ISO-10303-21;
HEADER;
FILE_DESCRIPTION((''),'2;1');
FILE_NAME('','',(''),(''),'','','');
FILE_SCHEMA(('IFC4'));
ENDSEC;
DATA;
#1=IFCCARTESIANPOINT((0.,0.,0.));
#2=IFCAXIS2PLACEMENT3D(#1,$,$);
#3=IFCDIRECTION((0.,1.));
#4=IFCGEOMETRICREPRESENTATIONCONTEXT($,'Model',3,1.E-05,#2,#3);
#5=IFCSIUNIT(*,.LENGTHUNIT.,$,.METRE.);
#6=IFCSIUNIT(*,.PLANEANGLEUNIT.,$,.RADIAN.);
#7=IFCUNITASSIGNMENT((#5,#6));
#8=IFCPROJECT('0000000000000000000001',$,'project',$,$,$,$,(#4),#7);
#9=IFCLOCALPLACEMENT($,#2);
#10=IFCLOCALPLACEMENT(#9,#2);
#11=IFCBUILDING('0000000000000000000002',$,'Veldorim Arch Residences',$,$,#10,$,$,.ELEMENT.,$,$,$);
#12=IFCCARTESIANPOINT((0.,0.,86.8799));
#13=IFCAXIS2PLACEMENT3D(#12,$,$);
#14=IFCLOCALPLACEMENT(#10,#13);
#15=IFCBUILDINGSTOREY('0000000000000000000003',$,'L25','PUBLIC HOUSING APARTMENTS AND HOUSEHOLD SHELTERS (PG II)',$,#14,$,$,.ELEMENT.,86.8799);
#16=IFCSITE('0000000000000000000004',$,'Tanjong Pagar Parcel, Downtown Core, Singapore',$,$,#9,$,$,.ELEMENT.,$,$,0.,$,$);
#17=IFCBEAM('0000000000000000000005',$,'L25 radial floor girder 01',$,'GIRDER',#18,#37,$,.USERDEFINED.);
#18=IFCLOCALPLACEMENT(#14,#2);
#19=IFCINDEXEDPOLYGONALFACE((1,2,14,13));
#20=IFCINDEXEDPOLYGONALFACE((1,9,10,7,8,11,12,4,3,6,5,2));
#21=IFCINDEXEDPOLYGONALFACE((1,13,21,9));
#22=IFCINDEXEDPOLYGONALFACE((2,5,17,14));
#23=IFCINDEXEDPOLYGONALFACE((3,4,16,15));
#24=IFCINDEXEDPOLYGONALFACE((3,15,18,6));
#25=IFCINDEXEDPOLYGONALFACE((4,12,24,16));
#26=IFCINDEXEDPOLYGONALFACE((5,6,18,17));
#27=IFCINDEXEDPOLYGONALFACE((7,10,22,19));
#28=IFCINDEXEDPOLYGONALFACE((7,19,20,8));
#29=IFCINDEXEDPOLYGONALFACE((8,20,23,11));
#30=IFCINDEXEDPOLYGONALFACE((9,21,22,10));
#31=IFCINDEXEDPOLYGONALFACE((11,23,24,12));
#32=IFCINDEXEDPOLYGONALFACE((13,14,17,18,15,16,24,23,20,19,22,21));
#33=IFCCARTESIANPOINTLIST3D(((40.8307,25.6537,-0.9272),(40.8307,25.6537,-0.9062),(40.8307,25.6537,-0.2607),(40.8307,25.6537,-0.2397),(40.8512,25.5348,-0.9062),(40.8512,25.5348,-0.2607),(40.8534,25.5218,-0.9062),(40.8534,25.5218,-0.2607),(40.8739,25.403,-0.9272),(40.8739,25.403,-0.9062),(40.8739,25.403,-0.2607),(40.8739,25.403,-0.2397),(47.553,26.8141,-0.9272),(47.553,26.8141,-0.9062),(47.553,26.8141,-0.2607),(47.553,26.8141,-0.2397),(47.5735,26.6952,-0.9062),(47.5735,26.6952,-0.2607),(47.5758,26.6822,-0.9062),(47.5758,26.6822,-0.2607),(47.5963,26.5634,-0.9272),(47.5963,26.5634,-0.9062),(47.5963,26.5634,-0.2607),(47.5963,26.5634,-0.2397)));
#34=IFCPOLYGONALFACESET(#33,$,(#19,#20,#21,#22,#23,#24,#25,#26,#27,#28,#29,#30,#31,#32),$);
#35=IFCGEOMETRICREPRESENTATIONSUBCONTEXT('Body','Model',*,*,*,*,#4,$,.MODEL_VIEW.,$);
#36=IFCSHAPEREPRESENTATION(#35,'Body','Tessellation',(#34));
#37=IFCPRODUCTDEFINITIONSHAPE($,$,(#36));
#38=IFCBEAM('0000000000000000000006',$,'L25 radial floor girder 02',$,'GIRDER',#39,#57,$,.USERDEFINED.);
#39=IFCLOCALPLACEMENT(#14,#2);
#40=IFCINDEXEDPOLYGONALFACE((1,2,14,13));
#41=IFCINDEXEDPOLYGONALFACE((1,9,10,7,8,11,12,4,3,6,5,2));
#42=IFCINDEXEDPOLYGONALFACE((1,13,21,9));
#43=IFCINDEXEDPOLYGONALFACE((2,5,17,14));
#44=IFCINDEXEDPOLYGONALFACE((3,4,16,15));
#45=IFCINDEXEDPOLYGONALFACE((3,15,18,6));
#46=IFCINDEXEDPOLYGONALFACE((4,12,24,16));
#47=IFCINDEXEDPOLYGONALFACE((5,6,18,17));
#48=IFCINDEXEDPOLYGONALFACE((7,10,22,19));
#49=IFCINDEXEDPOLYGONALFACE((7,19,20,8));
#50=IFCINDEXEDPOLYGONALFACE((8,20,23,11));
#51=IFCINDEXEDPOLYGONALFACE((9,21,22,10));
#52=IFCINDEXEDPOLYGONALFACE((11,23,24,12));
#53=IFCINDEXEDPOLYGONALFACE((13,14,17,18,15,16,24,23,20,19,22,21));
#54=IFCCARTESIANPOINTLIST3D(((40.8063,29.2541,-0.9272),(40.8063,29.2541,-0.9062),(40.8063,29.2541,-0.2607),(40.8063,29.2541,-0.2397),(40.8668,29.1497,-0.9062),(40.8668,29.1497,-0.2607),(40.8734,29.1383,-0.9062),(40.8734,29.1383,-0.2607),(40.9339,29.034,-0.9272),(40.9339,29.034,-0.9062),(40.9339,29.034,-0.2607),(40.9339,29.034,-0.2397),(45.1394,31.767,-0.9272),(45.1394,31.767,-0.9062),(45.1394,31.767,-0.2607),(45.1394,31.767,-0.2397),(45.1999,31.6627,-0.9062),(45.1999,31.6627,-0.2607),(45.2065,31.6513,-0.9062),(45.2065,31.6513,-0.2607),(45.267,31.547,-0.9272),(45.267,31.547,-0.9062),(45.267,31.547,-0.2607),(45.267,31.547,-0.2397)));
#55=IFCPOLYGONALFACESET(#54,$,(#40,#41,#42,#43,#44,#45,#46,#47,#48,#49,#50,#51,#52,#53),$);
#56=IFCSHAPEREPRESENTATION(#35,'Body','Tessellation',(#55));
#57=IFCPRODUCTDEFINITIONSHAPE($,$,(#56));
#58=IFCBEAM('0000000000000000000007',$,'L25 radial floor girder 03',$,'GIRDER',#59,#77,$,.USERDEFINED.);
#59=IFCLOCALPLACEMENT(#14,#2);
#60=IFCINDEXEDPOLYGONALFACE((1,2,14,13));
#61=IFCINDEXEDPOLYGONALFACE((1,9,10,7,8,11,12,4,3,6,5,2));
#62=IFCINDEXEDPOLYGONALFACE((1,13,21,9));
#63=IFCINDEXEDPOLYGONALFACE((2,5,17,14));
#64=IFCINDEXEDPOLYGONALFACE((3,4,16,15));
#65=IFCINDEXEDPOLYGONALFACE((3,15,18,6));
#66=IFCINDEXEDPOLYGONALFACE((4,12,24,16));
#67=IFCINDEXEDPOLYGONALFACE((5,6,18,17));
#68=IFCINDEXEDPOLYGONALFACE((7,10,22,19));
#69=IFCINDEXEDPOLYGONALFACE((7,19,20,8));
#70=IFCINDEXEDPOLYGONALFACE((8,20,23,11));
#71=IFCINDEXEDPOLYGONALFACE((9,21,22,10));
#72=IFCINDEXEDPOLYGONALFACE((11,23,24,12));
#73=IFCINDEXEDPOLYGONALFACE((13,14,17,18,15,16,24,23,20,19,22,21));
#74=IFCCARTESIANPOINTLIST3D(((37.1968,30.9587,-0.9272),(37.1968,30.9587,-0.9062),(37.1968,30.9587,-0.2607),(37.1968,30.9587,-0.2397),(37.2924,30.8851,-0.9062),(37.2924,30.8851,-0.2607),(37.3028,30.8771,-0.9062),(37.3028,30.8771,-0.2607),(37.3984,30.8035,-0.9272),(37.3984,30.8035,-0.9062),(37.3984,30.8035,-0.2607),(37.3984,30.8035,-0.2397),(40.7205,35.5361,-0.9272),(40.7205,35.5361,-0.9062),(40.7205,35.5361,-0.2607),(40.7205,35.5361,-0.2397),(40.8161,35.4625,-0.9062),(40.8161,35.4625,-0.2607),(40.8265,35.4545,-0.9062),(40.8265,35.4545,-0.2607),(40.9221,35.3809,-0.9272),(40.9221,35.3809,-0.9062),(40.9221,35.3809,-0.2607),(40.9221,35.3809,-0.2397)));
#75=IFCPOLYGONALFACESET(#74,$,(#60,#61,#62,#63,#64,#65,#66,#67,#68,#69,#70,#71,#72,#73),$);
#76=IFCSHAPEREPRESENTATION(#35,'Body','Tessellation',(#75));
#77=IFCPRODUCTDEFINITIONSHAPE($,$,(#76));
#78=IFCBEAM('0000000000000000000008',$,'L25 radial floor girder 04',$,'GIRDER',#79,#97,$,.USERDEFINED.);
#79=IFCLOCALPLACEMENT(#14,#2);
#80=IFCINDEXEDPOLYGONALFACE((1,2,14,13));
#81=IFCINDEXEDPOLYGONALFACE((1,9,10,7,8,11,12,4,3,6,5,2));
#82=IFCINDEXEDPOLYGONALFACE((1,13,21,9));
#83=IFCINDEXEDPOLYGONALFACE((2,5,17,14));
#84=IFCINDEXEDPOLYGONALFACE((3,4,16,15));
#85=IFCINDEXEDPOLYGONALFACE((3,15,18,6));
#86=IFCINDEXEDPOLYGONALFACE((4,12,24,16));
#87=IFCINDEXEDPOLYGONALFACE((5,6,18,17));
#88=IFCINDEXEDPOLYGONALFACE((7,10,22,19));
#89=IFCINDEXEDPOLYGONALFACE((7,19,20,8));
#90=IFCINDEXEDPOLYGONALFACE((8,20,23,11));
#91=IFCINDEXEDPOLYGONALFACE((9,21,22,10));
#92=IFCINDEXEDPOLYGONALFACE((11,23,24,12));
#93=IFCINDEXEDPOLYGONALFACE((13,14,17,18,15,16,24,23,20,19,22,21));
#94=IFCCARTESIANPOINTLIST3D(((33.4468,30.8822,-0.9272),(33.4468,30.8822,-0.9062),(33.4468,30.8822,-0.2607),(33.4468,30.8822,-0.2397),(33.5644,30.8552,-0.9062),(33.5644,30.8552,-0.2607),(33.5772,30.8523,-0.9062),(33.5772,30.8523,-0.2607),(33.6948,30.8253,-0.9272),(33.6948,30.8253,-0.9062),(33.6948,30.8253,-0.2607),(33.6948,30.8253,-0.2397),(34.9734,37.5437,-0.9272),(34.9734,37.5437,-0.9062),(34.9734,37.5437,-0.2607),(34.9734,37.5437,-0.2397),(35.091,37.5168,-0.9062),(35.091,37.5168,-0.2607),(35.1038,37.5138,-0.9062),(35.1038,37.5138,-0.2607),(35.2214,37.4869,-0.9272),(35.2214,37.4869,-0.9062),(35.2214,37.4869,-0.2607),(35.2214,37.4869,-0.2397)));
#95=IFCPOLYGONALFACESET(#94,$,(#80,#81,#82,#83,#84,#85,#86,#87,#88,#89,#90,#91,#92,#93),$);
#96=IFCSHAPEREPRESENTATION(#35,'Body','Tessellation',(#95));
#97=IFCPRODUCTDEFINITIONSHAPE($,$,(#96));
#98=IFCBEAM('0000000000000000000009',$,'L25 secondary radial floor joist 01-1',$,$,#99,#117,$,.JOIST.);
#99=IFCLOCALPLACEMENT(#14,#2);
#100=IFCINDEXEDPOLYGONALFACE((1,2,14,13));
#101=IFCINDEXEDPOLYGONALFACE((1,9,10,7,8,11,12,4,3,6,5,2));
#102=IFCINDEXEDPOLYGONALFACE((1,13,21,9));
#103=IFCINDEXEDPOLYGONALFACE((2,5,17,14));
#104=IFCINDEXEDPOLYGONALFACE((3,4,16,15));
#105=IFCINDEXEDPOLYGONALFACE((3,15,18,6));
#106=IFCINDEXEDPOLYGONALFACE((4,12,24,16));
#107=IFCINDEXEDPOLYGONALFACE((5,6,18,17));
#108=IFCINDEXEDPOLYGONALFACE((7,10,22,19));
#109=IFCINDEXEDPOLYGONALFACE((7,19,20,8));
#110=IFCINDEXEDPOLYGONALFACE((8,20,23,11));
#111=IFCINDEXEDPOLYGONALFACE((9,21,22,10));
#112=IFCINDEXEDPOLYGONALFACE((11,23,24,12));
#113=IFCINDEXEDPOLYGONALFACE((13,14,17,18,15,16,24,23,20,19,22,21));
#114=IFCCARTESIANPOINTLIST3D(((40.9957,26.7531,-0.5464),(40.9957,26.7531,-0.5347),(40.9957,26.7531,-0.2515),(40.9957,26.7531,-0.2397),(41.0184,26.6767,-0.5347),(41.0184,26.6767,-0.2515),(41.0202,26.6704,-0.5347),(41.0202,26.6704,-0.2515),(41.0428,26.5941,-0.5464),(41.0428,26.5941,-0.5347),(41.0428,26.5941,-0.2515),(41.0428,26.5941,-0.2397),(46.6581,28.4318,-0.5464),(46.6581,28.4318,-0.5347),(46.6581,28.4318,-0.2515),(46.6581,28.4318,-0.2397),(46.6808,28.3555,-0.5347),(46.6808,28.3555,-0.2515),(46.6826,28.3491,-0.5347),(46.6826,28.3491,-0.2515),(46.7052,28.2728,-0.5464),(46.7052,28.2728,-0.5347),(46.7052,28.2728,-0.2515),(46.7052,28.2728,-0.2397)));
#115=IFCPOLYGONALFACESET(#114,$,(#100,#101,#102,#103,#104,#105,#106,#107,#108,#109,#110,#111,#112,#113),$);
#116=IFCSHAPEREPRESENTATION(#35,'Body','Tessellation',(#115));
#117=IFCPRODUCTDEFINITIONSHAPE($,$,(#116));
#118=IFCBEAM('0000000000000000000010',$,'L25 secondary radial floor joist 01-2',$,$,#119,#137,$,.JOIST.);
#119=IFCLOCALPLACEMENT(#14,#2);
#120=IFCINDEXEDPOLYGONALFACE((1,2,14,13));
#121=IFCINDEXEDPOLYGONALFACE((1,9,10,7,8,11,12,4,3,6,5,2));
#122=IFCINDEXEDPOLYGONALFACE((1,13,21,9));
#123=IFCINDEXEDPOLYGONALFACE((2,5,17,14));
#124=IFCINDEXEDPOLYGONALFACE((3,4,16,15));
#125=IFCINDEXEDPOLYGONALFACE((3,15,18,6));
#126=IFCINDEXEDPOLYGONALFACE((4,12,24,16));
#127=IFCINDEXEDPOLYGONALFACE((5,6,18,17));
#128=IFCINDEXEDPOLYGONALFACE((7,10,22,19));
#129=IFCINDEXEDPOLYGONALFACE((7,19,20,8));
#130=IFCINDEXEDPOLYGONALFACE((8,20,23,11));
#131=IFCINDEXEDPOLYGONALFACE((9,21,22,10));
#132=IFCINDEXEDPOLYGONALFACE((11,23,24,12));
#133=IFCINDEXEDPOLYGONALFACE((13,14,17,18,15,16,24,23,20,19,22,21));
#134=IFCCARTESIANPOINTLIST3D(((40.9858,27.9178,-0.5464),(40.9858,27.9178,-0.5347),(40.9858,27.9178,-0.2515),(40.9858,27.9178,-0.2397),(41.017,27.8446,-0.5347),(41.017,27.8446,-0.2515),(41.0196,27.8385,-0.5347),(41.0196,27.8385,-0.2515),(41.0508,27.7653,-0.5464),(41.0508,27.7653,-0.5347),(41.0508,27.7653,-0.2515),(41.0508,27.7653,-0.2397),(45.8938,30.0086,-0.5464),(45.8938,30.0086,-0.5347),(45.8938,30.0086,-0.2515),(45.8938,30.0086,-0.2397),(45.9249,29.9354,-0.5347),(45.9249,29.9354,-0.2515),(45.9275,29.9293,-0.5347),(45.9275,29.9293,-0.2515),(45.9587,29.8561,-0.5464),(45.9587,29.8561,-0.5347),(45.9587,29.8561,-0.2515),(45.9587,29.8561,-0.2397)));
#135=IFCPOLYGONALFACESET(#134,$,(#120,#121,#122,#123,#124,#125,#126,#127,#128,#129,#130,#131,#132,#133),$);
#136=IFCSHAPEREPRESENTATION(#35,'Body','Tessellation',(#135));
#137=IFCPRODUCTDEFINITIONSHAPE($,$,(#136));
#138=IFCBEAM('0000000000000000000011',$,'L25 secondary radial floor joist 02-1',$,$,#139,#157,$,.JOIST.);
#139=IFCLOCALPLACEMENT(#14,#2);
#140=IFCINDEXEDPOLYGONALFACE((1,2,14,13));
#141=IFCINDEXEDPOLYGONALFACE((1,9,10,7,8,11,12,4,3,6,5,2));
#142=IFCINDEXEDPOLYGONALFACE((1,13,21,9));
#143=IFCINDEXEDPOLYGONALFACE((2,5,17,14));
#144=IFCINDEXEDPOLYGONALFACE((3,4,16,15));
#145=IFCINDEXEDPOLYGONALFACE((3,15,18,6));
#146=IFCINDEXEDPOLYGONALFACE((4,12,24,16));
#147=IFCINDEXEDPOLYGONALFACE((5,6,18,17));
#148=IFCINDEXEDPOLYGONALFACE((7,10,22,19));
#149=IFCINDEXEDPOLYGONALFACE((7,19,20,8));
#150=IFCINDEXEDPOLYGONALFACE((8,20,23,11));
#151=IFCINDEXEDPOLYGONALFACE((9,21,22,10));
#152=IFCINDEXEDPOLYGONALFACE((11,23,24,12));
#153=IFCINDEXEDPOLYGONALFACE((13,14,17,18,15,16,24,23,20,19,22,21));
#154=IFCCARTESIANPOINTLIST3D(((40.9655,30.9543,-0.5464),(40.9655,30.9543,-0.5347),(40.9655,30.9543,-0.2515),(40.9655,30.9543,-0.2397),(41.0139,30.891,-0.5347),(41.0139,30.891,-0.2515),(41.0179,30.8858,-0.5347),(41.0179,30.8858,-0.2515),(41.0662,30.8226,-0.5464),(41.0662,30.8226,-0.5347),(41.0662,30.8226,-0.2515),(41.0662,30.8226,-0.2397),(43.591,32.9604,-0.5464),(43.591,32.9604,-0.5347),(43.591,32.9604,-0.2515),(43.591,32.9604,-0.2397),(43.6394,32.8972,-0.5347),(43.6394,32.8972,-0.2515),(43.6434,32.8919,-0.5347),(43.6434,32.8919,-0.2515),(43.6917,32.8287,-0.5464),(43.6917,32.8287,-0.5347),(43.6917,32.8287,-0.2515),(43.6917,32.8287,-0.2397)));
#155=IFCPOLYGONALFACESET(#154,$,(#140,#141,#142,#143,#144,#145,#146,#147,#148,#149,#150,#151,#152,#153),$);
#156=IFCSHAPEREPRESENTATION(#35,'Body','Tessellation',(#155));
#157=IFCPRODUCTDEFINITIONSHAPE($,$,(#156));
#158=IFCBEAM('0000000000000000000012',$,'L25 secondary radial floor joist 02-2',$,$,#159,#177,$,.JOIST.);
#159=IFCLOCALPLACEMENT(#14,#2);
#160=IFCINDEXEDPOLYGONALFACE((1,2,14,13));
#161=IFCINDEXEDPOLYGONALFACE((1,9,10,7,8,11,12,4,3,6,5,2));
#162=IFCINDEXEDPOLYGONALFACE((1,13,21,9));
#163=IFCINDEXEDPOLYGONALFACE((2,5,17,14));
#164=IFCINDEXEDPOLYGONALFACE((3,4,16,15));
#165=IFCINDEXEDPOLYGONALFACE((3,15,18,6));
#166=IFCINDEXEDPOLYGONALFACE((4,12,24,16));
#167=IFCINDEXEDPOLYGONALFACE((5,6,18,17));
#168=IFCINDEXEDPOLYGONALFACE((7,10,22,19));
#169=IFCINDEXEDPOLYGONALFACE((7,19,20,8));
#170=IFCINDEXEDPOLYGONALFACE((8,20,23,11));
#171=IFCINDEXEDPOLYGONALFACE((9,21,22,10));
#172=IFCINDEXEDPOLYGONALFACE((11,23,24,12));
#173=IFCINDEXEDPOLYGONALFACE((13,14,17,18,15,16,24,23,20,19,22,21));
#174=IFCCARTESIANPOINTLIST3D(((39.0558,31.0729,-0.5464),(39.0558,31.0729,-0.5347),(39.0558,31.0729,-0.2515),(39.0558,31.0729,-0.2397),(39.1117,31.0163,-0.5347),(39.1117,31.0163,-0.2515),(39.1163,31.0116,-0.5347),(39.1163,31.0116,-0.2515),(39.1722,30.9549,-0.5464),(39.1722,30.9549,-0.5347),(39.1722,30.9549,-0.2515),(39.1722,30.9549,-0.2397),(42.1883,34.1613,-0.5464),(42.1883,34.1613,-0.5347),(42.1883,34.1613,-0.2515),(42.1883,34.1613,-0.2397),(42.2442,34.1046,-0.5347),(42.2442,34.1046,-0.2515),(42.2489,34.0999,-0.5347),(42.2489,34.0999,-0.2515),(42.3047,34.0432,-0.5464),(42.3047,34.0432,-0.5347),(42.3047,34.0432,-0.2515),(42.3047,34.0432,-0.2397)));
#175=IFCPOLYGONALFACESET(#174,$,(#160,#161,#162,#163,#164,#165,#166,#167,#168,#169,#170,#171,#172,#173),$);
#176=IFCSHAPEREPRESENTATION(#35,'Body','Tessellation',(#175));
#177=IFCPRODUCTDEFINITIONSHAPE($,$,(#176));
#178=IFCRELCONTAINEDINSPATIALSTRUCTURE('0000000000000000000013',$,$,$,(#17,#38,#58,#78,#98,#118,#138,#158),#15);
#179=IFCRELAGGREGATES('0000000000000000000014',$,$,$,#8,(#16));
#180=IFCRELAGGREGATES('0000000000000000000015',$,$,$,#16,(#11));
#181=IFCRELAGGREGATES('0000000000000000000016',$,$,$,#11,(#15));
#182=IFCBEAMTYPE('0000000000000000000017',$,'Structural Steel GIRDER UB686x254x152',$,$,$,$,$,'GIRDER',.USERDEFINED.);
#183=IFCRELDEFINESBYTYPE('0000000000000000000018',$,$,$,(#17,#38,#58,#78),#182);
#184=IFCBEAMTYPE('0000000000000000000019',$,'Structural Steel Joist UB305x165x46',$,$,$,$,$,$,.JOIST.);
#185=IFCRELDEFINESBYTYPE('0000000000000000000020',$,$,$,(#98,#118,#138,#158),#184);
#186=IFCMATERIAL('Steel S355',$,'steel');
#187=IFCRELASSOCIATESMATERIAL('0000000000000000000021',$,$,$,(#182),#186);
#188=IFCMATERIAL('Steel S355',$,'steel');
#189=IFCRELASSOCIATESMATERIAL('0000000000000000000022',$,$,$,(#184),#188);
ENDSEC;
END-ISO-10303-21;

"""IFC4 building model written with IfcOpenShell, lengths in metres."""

from ifc_helpers import new_model, si_unit, direction, frame, origin, origin_2d, place, context, subcontext, project, spatial, i_section, extrude, material, material_profile, profile_set, type_object, element, save


model = new_model("IFC4")

# Units and contexts
model_context = context("Model", 3, precision=1e-05, world=origin(), true_north=direction((0.0, 1.0)))
body_context = subcontext(model_context, "Body", "Model", "MODEL_VIEW")
ifc_project = project(units=[si_unit("LENGTHUNIT", "METRE"), si_unit("PLANEANGLEUNIT", "RADIAN")], contexts=[model_context])

# Site, building, storey
site_placement = place(None, origin())
site = spatial("IfcSite", under=ifc_project, at=site_placement, Name="Tanjong Pagar Parcel, Downtown Core, Singapore", CompositionType="ELEMENT", RefElevation=0.0)
building_placement = place(site_placement, origin())
building = spatial("IfcBuilding", under=site, at=building_placement, Name="Veldorim Arch Residences", CompositionType="ELEMENT")
storey_placement = place(building_placement, frame((0.0, 0.0, 86.8799)))
storey = spatial("IfcBuildingStorey", under=building, at=storey_placement, Name="L25", Description="PUBLIC HOUSING APARTMENTS AND HOUSEHOLD SHELTERS (PG II)", CompositionType="ELEMENT", Elevation=86.8799)

# Beams
ifc_material_1 = material(Name="Steel S355", Category="steel")
ifc_material_profile_1 = material_profile(ifc_material_1, i_section(OverallWidth=0.2544, OverallDepth=0.6875, WebThickness=0.0132, FlangeThickness=0.021, at=origin_2d()), Name="UB686x254x152")
ifc_profile_set_1 = profile_set([ifc_material_profile_1], Name="Steel S355")
beam_type_1 = type_object("IfcBeamType", Name="Structural Steel GIRDER UB686x254x152", ElementType="GIRDER", PredefinedType="USERDEFINED", material=ifc_profile_set_1)
beam_1_placement = place(storey_placement, frame((40.8523, 25.5283, -0.5835), z_axis=(0.985427, 0.170101, 0.0), x_axis=(-0.170101, 0.985427, 0.0)))
element("IfcBeam", 1, at=beam_1_placement, inside=storey, type_object=beam_type_1, Name="L25 radial floor girder 01", ObjectType="GIRDER", PredefinedType="USERDEFINED", context=body_context, shape_type="SweptSolid", body=[
    extrude(i_section(OverallWidth=0.2544, OverallDepth=0.6875, WebThickness=0.0132, FlangeThickness=0.021, at=origin_2d()), origin(), (0.0, 0.0, 1.0), 6.8218),
])
beam_2_placement = place(storey_placement, frame((40.8701, 29.144, -0.5835), z_axis=(0.865049, 0.501687, 0.0), x_axis=(-0.501687, 0.865049, 0.0)))
element("IfcBeam", 2, at=beam_2_placement, inside=storey, type_object=beam_type_1, Name="L25 radial floor girder 02", ObjectType="GIRDER", PredefinedType="USERDEFINED", context=body_context, shape_type="SweptSolid", body=[
    extrude(i_section(OverallWidth=0.2544, OverallDepth=0.6875, WebThickness=0.0132, FlangeThickness=0.021, at=origin_2d()), origin(), (0.0, 0.0, 1.0), 5.009),
])
beam_3_placement = place(storey_placement, frame((37.2976, 30.8811, -0.5835), z_axis=(0.609995, 0.792406, 0.0), x_axis=(-0.792406, 0.609995, 0.0)))
element("IfcBeam", 3, at=beam_3_placement, inside=storey, type_object=beam_type_1, Name="L25 radial floor girder 03", ObjectType="GIRDER", PredefinedType="USERDEFINED", context=body_context, shape_type="SweptSolid", body=[
    extrude(i_section(OverallWidth=0.2544, OverallDepth=0.6875, WebThickness=0.0132, FlangeThickness=0.021, at=origin_2d()), origin(), (0.0, 0.0, 1.0), 5.7766),
])
beam_4_placement = place(storey_placement, frame((33.5708, 30.8538, -0.5835), z_axis=(0.223375, 0.974733, 0.0), x_axis=(-0.974733, 0.223375, 0.0)))
element("IfcBeam", 4, at=beam_4_placement, inside=storey, type_object=beam_type_1, Name="L25 radial floor girder 04", ObjectType="GIRDER", PredefinedType="USERDEFINED", context=body_context, shape_type="SweptSolid", body=[
    extrude(i_section(OverallWidth=0.2544, OverallDepth=0.6875, WebThickness=0.0132, FlangeThickness=0.021, at=origin_2d()), origin(), (0.0, 0.0, 1.0), 6.8342),
])
ifc_material_2 = material(Name="Steel S355", Category="steel")
ifc_material_profile_2 = material_profile(ifc_material_2, i_section(OverallWidth=0.1658, OverallDepth=0.3066, WebThickness=0.0066, FlangeThickness=0.0117, at=origin_2d()), Name="UB305x165x46")
ifc_profile_set_2 = profile_set([ifc_material_profile_2], Name="Steel S355")
beam_type_2 = type_object("IfcBeamType", Name="Structural Steel Joist UB305x165x46", PredefinedType="JOIST", material=ifc_profile_set_2)
beam_5_placement = place(storey_placement, frame((41.0193, 26.6736, -0.3931), z_axis=(0.958753, 0.28424, 0.0), x_axis=(-0.28424, 0.958753, 0.0)))
element("IfcBeam", 5, at=beam_5_placement, inside=storey, type_object=beam_type_2, Name="L25 secondary radial floor joist 01-1", PredefinedType="JOIST", context=body_context, shape_type="SweptSolid", body=[
    extrude(i_section(OverallWidth=0.1658, OverallDepth=0.3066, WebThickness=0.0066, FlangeThickness=0.0117, at=origin_2d()), origin(), (0.0, 0.0, 1.0), 5.906),
])
beam_6_placement = place(storey_placement, frame((41.0183, 27.8416, -0.3931), z_axis=(0.919997, 0.391924, 0.0), x_axis=(-0.391924, 0.919997, 0.0)))
element("IfcBeam", 6, at=beam_6_placement, inside=storey, type_object=beam_type_2, Name="L25 secondary radial floor joist 01-2", PredefinedType="JOIST", context=body_context, shape_type="SweptSolid", body=[
    extrude(i_section(OverallWidth=0.1658, OverallDepth=0.3066, WebThickness=0.0066, FlangeThickness=0.0117, at=origin_2d()), origin(), (0.0, 0.0, 1.0), 5.3347),
])
beam_7_placement = place(storey_placement, frame((41.0159, 30.8884, -0.3931), z_axis=(0.794595, 0.60714, 0.0), x_axis=(-0.60714, 0.794595, 0.0)))
element("IfcBeam", 7, at=beam_7_placement, inside=storey, type_object=beam_type_2, Name="L25 secondary radial floor joist 02-1", PredefinedType="JOIST", context=body_context, shape_type="SweptSolid", body=[
    extrude(i_section(OverallWidth=0.1658, OverallDepth=0.3066, WebThickness=0.0066, FlangeThickness=0.0117, at=origin_2d()), origin(), (0.0, 0.0, 1.0), 3.3042),
])
beam_8_placement = place(storey_placement, frame((39.114, 31.0139, -0.3931), z_axis=(0.712112, 0.702066, 0.0), x_axis=(-0.702066, 0.712112, 0.0)))
element("IfcBeam", 8, at=beam_8_placement, inside=storey, type_object=beam_type_2, Name="L25 secondary radial floor joist 02-2", PredefinedType="JOIST", context=body_context, shape_type="SweptSolid", body=[
    extrude(i_section(OverallWidth=0.1658, OverallDepth=0.3066, WebThickness=0.0066, FlangeThickness=0.0117, at=origin_2d()), origin(), (0.0, 0.0, 1.0), 4.3989),
])

save(model, "model.ifc")
